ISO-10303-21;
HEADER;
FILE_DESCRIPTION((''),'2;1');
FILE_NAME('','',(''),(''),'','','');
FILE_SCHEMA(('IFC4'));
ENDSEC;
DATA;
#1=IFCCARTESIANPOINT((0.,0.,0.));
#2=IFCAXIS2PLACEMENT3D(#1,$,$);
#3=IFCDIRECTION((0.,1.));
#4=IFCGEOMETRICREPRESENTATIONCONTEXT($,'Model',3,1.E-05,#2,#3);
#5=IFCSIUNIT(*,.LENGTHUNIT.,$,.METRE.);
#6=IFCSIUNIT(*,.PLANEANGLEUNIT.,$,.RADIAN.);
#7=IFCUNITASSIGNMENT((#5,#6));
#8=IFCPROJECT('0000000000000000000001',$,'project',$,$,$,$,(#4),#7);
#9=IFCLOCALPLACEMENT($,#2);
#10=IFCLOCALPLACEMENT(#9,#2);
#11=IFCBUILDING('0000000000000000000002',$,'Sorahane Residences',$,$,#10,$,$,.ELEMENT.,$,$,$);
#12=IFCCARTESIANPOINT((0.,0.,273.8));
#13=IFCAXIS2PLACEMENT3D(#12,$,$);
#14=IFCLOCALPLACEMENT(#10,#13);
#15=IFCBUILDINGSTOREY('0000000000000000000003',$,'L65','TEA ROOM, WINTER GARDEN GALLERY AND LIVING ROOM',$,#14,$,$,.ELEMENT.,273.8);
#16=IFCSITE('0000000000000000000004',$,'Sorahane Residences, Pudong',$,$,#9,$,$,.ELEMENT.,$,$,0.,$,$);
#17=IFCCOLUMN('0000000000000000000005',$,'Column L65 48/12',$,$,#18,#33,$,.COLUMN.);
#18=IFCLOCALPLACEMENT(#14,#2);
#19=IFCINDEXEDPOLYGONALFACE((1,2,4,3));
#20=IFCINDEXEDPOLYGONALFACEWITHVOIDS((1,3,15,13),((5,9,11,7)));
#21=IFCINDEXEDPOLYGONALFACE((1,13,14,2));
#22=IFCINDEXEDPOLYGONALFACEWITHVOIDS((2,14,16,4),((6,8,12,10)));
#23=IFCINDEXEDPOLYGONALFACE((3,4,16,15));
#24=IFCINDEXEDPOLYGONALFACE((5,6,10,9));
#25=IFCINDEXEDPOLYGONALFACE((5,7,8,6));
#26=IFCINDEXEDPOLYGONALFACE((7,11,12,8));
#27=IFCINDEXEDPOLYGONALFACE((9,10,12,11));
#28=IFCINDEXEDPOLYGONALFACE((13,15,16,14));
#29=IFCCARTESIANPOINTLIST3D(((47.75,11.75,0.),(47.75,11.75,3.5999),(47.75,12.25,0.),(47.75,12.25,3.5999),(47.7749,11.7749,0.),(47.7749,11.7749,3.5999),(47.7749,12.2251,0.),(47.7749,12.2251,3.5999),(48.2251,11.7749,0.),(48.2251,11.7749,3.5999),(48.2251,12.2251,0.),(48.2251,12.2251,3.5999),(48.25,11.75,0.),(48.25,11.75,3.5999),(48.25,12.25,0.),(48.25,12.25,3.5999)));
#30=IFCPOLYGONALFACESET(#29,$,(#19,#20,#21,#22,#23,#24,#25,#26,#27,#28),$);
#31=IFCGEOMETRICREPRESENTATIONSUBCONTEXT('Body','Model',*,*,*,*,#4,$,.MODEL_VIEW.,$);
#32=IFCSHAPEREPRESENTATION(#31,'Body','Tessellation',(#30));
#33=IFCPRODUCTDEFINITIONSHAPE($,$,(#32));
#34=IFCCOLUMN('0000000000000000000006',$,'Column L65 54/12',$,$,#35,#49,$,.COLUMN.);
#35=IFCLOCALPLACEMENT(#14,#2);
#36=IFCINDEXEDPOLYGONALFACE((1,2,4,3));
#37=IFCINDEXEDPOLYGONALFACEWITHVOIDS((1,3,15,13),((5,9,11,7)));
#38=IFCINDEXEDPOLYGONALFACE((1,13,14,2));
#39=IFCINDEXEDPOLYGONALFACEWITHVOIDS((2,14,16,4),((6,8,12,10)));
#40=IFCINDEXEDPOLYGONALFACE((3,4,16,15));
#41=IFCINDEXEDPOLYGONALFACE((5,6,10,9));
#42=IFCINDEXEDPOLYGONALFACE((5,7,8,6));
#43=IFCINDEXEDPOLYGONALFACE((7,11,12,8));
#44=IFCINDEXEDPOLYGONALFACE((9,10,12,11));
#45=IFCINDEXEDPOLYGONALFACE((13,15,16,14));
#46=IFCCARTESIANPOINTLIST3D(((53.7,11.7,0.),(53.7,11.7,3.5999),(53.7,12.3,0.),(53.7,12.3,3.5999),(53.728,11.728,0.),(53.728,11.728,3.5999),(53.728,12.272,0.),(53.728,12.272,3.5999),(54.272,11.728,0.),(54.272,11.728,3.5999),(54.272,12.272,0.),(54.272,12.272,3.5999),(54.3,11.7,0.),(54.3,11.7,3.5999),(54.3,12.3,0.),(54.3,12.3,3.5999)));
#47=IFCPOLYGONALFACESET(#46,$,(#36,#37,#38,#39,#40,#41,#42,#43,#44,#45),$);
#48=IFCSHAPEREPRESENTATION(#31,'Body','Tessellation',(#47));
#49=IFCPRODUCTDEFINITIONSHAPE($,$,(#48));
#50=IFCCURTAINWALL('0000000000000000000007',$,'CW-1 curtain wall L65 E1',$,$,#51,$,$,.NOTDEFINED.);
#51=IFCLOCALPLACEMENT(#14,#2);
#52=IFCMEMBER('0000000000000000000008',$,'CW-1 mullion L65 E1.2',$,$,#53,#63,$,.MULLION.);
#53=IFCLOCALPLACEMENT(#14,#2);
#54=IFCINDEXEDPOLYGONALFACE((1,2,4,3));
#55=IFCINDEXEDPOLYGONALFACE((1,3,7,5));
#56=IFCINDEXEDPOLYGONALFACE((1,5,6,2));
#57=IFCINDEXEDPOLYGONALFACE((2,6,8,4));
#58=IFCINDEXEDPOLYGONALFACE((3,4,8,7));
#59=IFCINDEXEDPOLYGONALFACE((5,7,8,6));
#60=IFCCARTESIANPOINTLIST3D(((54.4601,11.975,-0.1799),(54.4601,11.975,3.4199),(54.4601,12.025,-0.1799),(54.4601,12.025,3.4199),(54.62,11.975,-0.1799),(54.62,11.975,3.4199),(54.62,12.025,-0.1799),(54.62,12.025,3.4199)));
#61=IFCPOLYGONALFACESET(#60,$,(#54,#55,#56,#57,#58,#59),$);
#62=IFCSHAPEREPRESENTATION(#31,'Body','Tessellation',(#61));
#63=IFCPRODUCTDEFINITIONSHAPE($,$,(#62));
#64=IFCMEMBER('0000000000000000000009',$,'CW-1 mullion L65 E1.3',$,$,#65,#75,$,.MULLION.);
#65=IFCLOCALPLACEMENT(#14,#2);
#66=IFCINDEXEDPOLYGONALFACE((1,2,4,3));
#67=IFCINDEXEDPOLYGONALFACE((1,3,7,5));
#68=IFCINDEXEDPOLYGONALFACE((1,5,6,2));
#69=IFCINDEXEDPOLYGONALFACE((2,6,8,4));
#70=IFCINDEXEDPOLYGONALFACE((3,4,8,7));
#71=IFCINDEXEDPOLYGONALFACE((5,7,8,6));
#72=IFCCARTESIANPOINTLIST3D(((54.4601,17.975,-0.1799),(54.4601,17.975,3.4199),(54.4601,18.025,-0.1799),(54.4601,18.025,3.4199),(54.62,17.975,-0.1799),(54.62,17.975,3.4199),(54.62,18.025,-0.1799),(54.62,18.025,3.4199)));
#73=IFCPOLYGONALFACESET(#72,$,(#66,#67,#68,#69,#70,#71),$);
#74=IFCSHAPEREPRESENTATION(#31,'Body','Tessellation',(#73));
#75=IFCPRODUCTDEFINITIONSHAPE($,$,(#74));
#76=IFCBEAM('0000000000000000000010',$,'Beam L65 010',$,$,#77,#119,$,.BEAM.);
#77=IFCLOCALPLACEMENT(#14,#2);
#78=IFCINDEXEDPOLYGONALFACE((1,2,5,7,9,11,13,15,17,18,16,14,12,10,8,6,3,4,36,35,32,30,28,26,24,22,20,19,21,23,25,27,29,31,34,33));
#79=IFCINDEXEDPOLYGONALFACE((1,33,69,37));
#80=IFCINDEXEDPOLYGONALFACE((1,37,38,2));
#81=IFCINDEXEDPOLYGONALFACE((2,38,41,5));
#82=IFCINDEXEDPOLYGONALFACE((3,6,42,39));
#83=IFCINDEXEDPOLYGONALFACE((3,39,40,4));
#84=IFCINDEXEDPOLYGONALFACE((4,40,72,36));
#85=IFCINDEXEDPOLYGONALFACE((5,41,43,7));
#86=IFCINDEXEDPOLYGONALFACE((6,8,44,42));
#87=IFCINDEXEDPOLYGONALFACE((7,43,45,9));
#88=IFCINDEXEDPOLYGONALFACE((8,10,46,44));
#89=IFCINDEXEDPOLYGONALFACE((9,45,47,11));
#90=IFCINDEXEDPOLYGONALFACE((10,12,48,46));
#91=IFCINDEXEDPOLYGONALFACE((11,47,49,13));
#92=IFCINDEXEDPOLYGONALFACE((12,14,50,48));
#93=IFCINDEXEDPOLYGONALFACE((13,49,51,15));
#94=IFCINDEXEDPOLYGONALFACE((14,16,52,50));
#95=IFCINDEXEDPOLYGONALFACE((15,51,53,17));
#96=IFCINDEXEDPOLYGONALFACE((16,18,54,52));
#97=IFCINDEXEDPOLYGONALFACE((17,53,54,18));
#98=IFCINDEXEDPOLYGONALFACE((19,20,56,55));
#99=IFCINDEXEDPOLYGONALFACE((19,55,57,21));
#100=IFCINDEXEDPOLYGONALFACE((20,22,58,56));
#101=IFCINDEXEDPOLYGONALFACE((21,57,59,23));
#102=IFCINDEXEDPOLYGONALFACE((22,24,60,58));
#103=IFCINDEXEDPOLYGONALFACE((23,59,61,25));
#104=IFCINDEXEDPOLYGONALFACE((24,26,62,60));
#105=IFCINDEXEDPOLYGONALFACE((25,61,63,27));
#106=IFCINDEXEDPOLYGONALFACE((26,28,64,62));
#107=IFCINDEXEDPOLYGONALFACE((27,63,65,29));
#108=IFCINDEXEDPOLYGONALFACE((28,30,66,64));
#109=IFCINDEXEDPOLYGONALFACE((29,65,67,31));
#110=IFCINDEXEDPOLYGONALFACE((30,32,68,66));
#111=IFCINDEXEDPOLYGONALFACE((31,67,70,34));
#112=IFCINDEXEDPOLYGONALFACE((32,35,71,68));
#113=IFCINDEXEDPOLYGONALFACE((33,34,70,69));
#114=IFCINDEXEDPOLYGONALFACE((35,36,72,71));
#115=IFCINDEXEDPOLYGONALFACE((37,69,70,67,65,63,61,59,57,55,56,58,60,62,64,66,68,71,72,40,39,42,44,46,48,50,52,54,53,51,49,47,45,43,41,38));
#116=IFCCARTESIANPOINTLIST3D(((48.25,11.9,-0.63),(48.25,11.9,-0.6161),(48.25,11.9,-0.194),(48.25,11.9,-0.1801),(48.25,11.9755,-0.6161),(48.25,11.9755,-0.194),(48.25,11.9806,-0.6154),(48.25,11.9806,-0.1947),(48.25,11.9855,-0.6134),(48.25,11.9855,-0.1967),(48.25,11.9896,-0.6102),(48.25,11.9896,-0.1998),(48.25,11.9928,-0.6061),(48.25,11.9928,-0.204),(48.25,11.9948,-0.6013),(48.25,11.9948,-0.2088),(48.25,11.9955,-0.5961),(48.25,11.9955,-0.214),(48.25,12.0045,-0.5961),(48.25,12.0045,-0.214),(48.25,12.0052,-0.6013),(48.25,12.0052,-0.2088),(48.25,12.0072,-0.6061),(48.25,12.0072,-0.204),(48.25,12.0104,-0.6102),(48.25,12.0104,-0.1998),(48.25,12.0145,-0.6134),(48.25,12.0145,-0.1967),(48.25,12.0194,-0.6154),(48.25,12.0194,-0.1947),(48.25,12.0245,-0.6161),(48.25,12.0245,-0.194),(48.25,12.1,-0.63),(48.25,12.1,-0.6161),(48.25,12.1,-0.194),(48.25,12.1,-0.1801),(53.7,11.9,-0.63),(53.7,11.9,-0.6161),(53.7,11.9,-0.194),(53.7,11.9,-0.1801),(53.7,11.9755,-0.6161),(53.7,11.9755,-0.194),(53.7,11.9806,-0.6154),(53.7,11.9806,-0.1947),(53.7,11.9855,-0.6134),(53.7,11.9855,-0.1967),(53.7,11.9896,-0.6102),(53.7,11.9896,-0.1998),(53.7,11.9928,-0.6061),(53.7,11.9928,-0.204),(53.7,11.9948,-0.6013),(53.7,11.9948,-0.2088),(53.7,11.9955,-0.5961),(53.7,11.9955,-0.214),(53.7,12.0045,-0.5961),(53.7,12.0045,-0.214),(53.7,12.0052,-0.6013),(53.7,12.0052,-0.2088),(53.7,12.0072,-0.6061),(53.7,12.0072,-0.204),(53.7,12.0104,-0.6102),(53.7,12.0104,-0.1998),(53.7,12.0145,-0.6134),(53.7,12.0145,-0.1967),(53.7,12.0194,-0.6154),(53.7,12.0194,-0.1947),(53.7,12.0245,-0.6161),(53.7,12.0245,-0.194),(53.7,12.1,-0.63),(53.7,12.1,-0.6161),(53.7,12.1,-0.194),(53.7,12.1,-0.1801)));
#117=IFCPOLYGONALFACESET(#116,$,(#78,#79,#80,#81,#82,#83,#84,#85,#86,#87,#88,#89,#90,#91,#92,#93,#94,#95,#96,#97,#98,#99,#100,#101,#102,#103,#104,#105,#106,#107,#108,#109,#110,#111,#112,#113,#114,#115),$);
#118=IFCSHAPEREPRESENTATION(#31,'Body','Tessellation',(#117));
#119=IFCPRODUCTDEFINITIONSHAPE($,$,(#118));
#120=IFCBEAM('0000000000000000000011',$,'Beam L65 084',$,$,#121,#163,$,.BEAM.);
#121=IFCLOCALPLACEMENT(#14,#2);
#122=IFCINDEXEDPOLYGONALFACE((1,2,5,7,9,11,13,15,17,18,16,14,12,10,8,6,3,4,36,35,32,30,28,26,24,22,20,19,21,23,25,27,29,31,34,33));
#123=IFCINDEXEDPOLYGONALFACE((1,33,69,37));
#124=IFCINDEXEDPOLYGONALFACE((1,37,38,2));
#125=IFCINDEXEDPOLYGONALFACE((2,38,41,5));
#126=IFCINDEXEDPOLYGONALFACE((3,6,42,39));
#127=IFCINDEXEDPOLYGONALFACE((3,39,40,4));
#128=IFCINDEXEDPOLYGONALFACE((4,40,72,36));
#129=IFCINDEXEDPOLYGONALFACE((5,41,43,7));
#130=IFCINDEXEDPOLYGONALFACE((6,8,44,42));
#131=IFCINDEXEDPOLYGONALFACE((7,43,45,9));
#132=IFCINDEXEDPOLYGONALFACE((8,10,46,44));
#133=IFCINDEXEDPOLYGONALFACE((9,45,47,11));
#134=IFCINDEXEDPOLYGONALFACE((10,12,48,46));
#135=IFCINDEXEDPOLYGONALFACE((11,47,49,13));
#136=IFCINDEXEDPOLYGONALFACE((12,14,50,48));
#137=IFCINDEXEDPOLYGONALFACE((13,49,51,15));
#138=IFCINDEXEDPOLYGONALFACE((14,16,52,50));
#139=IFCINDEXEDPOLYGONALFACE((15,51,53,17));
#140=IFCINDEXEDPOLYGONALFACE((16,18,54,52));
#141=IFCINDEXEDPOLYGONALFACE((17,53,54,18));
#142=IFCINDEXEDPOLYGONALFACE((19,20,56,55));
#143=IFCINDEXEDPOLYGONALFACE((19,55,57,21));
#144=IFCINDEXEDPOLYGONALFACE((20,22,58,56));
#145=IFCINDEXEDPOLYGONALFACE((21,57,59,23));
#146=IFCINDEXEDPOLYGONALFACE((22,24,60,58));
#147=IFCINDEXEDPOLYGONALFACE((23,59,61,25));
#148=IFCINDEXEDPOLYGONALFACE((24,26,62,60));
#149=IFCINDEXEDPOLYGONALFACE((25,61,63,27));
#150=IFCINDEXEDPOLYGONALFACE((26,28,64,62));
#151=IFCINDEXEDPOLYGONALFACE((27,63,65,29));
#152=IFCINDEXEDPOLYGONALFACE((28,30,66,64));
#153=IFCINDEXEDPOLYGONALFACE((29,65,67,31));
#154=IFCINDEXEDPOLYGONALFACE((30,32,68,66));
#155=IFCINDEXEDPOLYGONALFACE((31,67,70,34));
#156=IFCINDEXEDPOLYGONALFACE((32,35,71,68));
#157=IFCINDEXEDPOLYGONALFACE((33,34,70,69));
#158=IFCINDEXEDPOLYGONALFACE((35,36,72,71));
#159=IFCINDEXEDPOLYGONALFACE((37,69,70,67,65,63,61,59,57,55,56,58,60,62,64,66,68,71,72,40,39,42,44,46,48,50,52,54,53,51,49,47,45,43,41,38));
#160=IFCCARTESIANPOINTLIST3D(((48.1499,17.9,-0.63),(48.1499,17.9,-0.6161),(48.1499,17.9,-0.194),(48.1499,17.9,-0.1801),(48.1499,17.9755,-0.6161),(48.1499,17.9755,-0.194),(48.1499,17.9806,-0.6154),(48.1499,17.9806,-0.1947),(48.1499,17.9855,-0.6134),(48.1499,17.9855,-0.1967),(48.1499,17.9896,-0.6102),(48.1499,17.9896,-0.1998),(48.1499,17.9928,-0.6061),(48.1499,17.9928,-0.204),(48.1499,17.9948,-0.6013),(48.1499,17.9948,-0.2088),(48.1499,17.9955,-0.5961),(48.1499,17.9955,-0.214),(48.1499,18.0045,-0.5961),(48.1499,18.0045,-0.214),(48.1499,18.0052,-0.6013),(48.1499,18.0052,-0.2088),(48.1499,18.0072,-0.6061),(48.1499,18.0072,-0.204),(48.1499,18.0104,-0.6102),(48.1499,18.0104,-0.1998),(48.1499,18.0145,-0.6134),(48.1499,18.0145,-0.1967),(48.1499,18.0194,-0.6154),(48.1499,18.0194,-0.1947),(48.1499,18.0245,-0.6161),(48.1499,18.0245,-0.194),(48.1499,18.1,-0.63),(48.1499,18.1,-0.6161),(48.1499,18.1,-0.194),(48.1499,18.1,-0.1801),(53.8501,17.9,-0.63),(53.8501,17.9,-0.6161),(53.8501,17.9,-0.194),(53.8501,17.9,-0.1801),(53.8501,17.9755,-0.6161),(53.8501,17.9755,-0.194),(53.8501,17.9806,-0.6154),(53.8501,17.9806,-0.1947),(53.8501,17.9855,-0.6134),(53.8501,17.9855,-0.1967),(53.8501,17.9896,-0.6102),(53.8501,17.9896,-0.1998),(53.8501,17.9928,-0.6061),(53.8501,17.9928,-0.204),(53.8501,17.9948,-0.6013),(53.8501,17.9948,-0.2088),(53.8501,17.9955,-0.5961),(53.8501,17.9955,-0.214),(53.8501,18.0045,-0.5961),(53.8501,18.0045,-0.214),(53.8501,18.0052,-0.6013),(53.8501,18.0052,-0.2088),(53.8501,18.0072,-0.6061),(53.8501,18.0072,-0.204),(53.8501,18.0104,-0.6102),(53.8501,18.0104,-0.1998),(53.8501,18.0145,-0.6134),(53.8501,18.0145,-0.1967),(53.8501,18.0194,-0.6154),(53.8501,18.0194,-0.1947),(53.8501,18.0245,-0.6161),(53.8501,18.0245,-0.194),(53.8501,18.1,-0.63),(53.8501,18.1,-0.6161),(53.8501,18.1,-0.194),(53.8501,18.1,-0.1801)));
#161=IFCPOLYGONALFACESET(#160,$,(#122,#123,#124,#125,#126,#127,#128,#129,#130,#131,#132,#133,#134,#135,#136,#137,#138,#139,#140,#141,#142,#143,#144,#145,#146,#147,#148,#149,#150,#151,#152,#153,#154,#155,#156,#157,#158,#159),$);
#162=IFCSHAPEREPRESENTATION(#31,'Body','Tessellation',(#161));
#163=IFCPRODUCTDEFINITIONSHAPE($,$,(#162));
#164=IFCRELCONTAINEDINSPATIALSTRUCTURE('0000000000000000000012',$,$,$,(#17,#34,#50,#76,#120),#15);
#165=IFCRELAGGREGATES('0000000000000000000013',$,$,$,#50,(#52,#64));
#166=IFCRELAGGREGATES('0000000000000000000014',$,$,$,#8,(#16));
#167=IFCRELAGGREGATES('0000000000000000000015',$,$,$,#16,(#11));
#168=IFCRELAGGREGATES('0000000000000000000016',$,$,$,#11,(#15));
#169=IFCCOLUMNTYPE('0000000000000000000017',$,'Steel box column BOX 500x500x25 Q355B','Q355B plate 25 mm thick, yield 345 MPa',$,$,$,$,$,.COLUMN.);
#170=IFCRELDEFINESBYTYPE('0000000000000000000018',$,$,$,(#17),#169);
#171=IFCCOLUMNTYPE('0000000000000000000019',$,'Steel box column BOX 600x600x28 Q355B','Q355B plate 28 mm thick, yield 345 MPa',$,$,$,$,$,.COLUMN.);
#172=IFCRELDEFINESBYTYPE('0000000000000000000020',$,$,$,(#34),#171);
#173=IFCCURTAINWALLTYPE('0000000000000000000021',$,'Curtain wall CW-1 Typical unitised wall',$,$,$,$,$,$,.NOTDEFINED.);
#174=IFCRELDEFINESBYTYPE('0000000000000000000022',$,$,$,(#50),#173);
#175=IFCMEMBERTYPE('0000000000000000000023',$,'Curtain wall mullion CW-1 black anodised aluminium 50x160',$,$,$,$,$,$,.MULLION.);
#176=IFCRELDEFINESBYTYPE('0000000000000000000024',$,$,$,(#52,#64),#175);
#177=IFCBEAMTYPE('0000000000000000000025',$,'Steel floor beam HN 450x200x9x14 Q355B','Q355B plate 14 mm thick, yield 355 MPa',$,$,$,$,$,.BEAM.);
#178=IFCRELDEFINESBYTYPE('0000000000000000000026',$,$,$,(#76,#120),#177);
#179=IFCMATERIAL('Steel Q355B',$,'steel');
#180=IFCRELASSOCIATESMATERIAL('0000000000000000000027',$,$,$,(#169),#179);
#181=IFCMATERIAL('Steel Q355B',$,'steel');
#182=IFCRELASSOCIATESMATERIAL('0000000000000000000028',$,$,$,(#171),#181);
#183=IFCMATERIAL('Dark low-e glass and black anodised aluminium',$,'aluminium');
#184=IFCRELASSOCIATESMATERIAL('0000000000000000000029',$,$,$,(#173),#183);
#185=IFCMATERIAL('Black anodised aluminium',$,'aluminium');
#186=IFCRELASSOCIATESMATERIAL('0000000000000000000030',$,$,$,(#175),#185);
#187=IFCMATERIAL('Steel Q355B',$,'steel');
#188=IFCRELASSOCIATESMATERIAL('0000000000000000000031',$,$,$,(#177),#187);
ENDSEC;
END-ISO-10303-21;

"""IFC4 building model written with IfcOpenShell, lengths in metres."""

from ifc_helpers import new_model, si_unit, direction, frame, origin, origin_2d, place, context, subcontext, project, spatial, rectangle, hollow_rectangle, i_section, extrude, material, material_profile, profile_set, type_object, element, aggregate, save


model = new_model("IFC4")

# Units and contexts
model_context = context("Model", 3, precision=1e-05, world=origin(), true_north=direction((0.0, 1.0)))
body_context = subcontext(model_context, "Body", "Model", "MODEL_VIEW")
ifc_project = project(units=[si_unit("LENGTHUNIT", "METRE"), si_unit("PLANEANGLEUNIT", "RADIAN")], contexts=[model_context])

# Site, building, storey
site_placement = place(None, origin())
site = spatial("IfcSite", under=ifc_project, at=site_placement, Name="Sorahane Residences, Pudong", CompositionType="ELEMENT", RefElevation=0.0)
building_placement = place(site_placement, origin())
building = spatial("IfcBuilding", under=site, at=building_placement, Name="Sorahane Residences", CompositionType="ELEMENT")
storey_placement = place(building_placement, frame((0.0, 0.0, 273.8)))
storey = spatial("IfcBuildingStorey", under=building, at=storey_placement, Name="L65", Description="TEA ROOM, WINTER GARDEN GALLERY AND LIVING ROOM", CompositionType="ELEMENT", Elevation=273.8)

# Columns
ifc_material_1 = material(Name="Steel Q355B", Category="steel")
ifc_material_profile_1 = material_profile(ifc_material_1, hollow_rectangle(XDim=0.5, YDim=0.5, WallThickness=0.0249, at=origin_2d()), Name="BOX 500x500x25")
ifc_profile_set_1 = profile_set([ifc_material_profile_1], Name="Steel Q355B")
column_type_1 = type_object("IfcColumnType", Name="Steel box column BOX 500x500x25 Q355B", Description="Q355B plate 25 mm thick, yield 345 MPa", PredefinedType="COLUMN", material=ifc_profile_set_1)
column_1_placement = place(storey_placement, frame((48.0, 12.0, 0.0), z_axis=(0.0, 0.0, 1.0), x_axis=(1.0, 0.0, 0.0)))
element("IfcColumn", 1, at=column_1_placement, inside=storey, type_object=column_type_1, Name="Column L65 48/12", PredefinedType="COLUMN", context=body_context, shape_type="SweptSolid", body=[
    extrude(hollow_rectangle(XDim=0.5, YDim=0.5, WallThickness=0.0249, at=origin_2d()), origin(), (0.0, 0.0, 1.0), 3.5999),
])
ifc_material_2 = material(Name="Steel Q355B", Category="steel")
ifc_material_profile_2 = material_profile(ifc_material_2, hollow_rectangle(XDim=0.6001, YDim=0.6001, WallThickness=0.0281, at=origin_2d()), Name="BOX 600x600x28")
ifc_profile_set_2 = profile_set([ifc_material_profile_2], Name="Steel Q355B")
column_type_2 = type_object("IfcColumnType", Name="Steel box column BOX 600x600x28 Q355B", Description="Q355B plate 28 mm thick, yield 345 MPa", PredefinedType="COLUMN", material=ifc_profile_set_2)
column_2_placement = place(storey_placement, frame((54.0, 12.0, 0.0), z_axis=(0.0, 0.0, 1.0), x_axis=(1.0, 0.0, 0.0)))
element("IfcColumn", 2, at=column_2_placement, inside=storey, type_object=column_type_2, Name="Column L65 54/12", PredefinedType="COLUMN", context=body_context, shape_type="SweptSolid", body=[
    extrude(hollow_rectangle(XDim=0.6001, YDim=0.6001, WallThickness=0.0281, at=origin_2d()), origin(), (0.0, 0.0, 1.0), 3.5999),
])

# Curtain wall, members
ifc_material_3 = material(Name="Dark low-e glass and black anodised aluminium", Category="aluminium")
curtain_wall_type = type_object("IfcCurtainWallType", Name="Curtain wall CW-1 Typical unitised wall", PredefinedType="NOTDEFINED", material=ifc_material_3)
curtain_wall_placement = place(storey_placement, origin())
curtain_wall = element("IfcCurtainWall", 3, at=curtain_wall_placement, inside=storey, type_object=curtain_wall_type, Name="CW-1 curtain wall L65 E1", PredefinedType="NOTDEFINED")
ifc_material_4 = material(Name="Black anodised aluminium", Category="aluminium")
ifc_material_profile_3 = material_profile(ifc_material_4, rectangle(XDim=0.1599, YDim=0.05, at=origin_2d()), Name="Curtain wall mullion CW-1 black anodised aluminium 50x160")
ifc_profile_set_3 = profile_set([ifc_material_profile_3], Name="Black anodised aluminium")
member_type = type_object("IfcMemberType", Name="Curtain wall mullion CW-1 black anodised aluminium 50x160", PredefinedType="MULLION", material=ifc_profile_set_3)
member_1_placement = place(storey_placement, frame((54.54, 12.0, -0.1799), z_axis=(0.0, 0.0, 1.0), x_axis=(1.0, 0.0, 0.0)))
member_1 = element("IfcMember", 4, at=member_1_placement, type_object=member_type, Name="CW-1 mullion L65 E1.2", PredefinedType="MULLION", context=body_context, shape_type="SweptSolid", body=[
    extrude(rectangle(XDim=0.1599, YDim=0.05, at=origin_2d()), origin(), (0.0, 0.0, 1.0), 3.5999),
])
member_2_placement = place(storey_placement, frame((54.54, 18.0, -0.1799), z_axis=(0.0, 0.0, 1.0), x_axis=(1.0, 0.0, 0.0)))
member_2 = element("IfcMember", 5, at=member_2_placement, type_object=member_type, Name="CW-1 mullion L65 E1.3", PredefinedType="MULLION", context=body_context, shape_type="SweptSolid", body=[
    extrude(rectangle(XDim=0.1599, YDim=0.05, at=origin_2d()), origin(), (0.0, 0.0, 1.0), 3.5999),
])

# Beams
ifc_material_5 = material(Name="Steel Q355B", Category="steel")
ifc_material_profile_4 = material_profile(ifc_material_5, i_section(OverallWidth=0.2, OverallDepth=0.45, WebThickness=0.009, FlangeThickness=0.0139, FilletRadius=0.02, at=origin_2d()), Name="HN 450x200x9x14")
ifc_profile_set_4 = profile_set([ifc_material_profile_4], Name="Steel Q355B")
beam_type_1 = type_object("IfcBeamType", Name="Steel floor beam HN 450x200x9x14 Q355B", Description="Q355B plate 14 mm thick, yield 355 MPa", PredefinedType="BEAM", material=ifc_profile_set_4)
beam_1_placement = place(storey_placement, frame((48.25, 12.0, -0.405), z_axis=(1.0, 0.0, 0.0), x_axis=(0.0, 1.0, 0.0)))
element("IfcBeam", 6, at=beam_1_placement, inside=storey, type_object=beam_type_1, Name="Beam L65 010", PredefinedType="BEAM", context=body_context, shape_type="SweptSolid", body=[
    extrude(i_section(OverallWidth=0.2, OverallDepth=0.45, WebThickness=0.009, FlangeThickness=0.0139, FilletRadius=0.02, at=origin_2d()), origin(), (0.0, 0.0, 1.0), 5.45),
])
beam_2_placement = place(storey_placement, frame((48.1499, 18.0, -0.405), z_axis=(1.0, 0.0, 0.0), x_axis=(0.0, 1.0, 0.0)))
element("IfcBeam", 7, at=beam_2_placement, inside=storey, type_object=beam_type_1, Name="Beam L65 084", PredefinedType="BEAM", context=body_context, shape_type="SweptSolid", body=[
    extrude(i_section(OverallWidth=0.2, OverallDepth=0.45, WebThickness=0.009, FlangeThickness=0.0139, FilletRadius=0.02, at=origin_2d()), origin(), (0.0, 0.0, 1.0), 5.7002),
])

aggregate(curtain_wall, [member_1, member_2])

save(model, "model.ifc")
